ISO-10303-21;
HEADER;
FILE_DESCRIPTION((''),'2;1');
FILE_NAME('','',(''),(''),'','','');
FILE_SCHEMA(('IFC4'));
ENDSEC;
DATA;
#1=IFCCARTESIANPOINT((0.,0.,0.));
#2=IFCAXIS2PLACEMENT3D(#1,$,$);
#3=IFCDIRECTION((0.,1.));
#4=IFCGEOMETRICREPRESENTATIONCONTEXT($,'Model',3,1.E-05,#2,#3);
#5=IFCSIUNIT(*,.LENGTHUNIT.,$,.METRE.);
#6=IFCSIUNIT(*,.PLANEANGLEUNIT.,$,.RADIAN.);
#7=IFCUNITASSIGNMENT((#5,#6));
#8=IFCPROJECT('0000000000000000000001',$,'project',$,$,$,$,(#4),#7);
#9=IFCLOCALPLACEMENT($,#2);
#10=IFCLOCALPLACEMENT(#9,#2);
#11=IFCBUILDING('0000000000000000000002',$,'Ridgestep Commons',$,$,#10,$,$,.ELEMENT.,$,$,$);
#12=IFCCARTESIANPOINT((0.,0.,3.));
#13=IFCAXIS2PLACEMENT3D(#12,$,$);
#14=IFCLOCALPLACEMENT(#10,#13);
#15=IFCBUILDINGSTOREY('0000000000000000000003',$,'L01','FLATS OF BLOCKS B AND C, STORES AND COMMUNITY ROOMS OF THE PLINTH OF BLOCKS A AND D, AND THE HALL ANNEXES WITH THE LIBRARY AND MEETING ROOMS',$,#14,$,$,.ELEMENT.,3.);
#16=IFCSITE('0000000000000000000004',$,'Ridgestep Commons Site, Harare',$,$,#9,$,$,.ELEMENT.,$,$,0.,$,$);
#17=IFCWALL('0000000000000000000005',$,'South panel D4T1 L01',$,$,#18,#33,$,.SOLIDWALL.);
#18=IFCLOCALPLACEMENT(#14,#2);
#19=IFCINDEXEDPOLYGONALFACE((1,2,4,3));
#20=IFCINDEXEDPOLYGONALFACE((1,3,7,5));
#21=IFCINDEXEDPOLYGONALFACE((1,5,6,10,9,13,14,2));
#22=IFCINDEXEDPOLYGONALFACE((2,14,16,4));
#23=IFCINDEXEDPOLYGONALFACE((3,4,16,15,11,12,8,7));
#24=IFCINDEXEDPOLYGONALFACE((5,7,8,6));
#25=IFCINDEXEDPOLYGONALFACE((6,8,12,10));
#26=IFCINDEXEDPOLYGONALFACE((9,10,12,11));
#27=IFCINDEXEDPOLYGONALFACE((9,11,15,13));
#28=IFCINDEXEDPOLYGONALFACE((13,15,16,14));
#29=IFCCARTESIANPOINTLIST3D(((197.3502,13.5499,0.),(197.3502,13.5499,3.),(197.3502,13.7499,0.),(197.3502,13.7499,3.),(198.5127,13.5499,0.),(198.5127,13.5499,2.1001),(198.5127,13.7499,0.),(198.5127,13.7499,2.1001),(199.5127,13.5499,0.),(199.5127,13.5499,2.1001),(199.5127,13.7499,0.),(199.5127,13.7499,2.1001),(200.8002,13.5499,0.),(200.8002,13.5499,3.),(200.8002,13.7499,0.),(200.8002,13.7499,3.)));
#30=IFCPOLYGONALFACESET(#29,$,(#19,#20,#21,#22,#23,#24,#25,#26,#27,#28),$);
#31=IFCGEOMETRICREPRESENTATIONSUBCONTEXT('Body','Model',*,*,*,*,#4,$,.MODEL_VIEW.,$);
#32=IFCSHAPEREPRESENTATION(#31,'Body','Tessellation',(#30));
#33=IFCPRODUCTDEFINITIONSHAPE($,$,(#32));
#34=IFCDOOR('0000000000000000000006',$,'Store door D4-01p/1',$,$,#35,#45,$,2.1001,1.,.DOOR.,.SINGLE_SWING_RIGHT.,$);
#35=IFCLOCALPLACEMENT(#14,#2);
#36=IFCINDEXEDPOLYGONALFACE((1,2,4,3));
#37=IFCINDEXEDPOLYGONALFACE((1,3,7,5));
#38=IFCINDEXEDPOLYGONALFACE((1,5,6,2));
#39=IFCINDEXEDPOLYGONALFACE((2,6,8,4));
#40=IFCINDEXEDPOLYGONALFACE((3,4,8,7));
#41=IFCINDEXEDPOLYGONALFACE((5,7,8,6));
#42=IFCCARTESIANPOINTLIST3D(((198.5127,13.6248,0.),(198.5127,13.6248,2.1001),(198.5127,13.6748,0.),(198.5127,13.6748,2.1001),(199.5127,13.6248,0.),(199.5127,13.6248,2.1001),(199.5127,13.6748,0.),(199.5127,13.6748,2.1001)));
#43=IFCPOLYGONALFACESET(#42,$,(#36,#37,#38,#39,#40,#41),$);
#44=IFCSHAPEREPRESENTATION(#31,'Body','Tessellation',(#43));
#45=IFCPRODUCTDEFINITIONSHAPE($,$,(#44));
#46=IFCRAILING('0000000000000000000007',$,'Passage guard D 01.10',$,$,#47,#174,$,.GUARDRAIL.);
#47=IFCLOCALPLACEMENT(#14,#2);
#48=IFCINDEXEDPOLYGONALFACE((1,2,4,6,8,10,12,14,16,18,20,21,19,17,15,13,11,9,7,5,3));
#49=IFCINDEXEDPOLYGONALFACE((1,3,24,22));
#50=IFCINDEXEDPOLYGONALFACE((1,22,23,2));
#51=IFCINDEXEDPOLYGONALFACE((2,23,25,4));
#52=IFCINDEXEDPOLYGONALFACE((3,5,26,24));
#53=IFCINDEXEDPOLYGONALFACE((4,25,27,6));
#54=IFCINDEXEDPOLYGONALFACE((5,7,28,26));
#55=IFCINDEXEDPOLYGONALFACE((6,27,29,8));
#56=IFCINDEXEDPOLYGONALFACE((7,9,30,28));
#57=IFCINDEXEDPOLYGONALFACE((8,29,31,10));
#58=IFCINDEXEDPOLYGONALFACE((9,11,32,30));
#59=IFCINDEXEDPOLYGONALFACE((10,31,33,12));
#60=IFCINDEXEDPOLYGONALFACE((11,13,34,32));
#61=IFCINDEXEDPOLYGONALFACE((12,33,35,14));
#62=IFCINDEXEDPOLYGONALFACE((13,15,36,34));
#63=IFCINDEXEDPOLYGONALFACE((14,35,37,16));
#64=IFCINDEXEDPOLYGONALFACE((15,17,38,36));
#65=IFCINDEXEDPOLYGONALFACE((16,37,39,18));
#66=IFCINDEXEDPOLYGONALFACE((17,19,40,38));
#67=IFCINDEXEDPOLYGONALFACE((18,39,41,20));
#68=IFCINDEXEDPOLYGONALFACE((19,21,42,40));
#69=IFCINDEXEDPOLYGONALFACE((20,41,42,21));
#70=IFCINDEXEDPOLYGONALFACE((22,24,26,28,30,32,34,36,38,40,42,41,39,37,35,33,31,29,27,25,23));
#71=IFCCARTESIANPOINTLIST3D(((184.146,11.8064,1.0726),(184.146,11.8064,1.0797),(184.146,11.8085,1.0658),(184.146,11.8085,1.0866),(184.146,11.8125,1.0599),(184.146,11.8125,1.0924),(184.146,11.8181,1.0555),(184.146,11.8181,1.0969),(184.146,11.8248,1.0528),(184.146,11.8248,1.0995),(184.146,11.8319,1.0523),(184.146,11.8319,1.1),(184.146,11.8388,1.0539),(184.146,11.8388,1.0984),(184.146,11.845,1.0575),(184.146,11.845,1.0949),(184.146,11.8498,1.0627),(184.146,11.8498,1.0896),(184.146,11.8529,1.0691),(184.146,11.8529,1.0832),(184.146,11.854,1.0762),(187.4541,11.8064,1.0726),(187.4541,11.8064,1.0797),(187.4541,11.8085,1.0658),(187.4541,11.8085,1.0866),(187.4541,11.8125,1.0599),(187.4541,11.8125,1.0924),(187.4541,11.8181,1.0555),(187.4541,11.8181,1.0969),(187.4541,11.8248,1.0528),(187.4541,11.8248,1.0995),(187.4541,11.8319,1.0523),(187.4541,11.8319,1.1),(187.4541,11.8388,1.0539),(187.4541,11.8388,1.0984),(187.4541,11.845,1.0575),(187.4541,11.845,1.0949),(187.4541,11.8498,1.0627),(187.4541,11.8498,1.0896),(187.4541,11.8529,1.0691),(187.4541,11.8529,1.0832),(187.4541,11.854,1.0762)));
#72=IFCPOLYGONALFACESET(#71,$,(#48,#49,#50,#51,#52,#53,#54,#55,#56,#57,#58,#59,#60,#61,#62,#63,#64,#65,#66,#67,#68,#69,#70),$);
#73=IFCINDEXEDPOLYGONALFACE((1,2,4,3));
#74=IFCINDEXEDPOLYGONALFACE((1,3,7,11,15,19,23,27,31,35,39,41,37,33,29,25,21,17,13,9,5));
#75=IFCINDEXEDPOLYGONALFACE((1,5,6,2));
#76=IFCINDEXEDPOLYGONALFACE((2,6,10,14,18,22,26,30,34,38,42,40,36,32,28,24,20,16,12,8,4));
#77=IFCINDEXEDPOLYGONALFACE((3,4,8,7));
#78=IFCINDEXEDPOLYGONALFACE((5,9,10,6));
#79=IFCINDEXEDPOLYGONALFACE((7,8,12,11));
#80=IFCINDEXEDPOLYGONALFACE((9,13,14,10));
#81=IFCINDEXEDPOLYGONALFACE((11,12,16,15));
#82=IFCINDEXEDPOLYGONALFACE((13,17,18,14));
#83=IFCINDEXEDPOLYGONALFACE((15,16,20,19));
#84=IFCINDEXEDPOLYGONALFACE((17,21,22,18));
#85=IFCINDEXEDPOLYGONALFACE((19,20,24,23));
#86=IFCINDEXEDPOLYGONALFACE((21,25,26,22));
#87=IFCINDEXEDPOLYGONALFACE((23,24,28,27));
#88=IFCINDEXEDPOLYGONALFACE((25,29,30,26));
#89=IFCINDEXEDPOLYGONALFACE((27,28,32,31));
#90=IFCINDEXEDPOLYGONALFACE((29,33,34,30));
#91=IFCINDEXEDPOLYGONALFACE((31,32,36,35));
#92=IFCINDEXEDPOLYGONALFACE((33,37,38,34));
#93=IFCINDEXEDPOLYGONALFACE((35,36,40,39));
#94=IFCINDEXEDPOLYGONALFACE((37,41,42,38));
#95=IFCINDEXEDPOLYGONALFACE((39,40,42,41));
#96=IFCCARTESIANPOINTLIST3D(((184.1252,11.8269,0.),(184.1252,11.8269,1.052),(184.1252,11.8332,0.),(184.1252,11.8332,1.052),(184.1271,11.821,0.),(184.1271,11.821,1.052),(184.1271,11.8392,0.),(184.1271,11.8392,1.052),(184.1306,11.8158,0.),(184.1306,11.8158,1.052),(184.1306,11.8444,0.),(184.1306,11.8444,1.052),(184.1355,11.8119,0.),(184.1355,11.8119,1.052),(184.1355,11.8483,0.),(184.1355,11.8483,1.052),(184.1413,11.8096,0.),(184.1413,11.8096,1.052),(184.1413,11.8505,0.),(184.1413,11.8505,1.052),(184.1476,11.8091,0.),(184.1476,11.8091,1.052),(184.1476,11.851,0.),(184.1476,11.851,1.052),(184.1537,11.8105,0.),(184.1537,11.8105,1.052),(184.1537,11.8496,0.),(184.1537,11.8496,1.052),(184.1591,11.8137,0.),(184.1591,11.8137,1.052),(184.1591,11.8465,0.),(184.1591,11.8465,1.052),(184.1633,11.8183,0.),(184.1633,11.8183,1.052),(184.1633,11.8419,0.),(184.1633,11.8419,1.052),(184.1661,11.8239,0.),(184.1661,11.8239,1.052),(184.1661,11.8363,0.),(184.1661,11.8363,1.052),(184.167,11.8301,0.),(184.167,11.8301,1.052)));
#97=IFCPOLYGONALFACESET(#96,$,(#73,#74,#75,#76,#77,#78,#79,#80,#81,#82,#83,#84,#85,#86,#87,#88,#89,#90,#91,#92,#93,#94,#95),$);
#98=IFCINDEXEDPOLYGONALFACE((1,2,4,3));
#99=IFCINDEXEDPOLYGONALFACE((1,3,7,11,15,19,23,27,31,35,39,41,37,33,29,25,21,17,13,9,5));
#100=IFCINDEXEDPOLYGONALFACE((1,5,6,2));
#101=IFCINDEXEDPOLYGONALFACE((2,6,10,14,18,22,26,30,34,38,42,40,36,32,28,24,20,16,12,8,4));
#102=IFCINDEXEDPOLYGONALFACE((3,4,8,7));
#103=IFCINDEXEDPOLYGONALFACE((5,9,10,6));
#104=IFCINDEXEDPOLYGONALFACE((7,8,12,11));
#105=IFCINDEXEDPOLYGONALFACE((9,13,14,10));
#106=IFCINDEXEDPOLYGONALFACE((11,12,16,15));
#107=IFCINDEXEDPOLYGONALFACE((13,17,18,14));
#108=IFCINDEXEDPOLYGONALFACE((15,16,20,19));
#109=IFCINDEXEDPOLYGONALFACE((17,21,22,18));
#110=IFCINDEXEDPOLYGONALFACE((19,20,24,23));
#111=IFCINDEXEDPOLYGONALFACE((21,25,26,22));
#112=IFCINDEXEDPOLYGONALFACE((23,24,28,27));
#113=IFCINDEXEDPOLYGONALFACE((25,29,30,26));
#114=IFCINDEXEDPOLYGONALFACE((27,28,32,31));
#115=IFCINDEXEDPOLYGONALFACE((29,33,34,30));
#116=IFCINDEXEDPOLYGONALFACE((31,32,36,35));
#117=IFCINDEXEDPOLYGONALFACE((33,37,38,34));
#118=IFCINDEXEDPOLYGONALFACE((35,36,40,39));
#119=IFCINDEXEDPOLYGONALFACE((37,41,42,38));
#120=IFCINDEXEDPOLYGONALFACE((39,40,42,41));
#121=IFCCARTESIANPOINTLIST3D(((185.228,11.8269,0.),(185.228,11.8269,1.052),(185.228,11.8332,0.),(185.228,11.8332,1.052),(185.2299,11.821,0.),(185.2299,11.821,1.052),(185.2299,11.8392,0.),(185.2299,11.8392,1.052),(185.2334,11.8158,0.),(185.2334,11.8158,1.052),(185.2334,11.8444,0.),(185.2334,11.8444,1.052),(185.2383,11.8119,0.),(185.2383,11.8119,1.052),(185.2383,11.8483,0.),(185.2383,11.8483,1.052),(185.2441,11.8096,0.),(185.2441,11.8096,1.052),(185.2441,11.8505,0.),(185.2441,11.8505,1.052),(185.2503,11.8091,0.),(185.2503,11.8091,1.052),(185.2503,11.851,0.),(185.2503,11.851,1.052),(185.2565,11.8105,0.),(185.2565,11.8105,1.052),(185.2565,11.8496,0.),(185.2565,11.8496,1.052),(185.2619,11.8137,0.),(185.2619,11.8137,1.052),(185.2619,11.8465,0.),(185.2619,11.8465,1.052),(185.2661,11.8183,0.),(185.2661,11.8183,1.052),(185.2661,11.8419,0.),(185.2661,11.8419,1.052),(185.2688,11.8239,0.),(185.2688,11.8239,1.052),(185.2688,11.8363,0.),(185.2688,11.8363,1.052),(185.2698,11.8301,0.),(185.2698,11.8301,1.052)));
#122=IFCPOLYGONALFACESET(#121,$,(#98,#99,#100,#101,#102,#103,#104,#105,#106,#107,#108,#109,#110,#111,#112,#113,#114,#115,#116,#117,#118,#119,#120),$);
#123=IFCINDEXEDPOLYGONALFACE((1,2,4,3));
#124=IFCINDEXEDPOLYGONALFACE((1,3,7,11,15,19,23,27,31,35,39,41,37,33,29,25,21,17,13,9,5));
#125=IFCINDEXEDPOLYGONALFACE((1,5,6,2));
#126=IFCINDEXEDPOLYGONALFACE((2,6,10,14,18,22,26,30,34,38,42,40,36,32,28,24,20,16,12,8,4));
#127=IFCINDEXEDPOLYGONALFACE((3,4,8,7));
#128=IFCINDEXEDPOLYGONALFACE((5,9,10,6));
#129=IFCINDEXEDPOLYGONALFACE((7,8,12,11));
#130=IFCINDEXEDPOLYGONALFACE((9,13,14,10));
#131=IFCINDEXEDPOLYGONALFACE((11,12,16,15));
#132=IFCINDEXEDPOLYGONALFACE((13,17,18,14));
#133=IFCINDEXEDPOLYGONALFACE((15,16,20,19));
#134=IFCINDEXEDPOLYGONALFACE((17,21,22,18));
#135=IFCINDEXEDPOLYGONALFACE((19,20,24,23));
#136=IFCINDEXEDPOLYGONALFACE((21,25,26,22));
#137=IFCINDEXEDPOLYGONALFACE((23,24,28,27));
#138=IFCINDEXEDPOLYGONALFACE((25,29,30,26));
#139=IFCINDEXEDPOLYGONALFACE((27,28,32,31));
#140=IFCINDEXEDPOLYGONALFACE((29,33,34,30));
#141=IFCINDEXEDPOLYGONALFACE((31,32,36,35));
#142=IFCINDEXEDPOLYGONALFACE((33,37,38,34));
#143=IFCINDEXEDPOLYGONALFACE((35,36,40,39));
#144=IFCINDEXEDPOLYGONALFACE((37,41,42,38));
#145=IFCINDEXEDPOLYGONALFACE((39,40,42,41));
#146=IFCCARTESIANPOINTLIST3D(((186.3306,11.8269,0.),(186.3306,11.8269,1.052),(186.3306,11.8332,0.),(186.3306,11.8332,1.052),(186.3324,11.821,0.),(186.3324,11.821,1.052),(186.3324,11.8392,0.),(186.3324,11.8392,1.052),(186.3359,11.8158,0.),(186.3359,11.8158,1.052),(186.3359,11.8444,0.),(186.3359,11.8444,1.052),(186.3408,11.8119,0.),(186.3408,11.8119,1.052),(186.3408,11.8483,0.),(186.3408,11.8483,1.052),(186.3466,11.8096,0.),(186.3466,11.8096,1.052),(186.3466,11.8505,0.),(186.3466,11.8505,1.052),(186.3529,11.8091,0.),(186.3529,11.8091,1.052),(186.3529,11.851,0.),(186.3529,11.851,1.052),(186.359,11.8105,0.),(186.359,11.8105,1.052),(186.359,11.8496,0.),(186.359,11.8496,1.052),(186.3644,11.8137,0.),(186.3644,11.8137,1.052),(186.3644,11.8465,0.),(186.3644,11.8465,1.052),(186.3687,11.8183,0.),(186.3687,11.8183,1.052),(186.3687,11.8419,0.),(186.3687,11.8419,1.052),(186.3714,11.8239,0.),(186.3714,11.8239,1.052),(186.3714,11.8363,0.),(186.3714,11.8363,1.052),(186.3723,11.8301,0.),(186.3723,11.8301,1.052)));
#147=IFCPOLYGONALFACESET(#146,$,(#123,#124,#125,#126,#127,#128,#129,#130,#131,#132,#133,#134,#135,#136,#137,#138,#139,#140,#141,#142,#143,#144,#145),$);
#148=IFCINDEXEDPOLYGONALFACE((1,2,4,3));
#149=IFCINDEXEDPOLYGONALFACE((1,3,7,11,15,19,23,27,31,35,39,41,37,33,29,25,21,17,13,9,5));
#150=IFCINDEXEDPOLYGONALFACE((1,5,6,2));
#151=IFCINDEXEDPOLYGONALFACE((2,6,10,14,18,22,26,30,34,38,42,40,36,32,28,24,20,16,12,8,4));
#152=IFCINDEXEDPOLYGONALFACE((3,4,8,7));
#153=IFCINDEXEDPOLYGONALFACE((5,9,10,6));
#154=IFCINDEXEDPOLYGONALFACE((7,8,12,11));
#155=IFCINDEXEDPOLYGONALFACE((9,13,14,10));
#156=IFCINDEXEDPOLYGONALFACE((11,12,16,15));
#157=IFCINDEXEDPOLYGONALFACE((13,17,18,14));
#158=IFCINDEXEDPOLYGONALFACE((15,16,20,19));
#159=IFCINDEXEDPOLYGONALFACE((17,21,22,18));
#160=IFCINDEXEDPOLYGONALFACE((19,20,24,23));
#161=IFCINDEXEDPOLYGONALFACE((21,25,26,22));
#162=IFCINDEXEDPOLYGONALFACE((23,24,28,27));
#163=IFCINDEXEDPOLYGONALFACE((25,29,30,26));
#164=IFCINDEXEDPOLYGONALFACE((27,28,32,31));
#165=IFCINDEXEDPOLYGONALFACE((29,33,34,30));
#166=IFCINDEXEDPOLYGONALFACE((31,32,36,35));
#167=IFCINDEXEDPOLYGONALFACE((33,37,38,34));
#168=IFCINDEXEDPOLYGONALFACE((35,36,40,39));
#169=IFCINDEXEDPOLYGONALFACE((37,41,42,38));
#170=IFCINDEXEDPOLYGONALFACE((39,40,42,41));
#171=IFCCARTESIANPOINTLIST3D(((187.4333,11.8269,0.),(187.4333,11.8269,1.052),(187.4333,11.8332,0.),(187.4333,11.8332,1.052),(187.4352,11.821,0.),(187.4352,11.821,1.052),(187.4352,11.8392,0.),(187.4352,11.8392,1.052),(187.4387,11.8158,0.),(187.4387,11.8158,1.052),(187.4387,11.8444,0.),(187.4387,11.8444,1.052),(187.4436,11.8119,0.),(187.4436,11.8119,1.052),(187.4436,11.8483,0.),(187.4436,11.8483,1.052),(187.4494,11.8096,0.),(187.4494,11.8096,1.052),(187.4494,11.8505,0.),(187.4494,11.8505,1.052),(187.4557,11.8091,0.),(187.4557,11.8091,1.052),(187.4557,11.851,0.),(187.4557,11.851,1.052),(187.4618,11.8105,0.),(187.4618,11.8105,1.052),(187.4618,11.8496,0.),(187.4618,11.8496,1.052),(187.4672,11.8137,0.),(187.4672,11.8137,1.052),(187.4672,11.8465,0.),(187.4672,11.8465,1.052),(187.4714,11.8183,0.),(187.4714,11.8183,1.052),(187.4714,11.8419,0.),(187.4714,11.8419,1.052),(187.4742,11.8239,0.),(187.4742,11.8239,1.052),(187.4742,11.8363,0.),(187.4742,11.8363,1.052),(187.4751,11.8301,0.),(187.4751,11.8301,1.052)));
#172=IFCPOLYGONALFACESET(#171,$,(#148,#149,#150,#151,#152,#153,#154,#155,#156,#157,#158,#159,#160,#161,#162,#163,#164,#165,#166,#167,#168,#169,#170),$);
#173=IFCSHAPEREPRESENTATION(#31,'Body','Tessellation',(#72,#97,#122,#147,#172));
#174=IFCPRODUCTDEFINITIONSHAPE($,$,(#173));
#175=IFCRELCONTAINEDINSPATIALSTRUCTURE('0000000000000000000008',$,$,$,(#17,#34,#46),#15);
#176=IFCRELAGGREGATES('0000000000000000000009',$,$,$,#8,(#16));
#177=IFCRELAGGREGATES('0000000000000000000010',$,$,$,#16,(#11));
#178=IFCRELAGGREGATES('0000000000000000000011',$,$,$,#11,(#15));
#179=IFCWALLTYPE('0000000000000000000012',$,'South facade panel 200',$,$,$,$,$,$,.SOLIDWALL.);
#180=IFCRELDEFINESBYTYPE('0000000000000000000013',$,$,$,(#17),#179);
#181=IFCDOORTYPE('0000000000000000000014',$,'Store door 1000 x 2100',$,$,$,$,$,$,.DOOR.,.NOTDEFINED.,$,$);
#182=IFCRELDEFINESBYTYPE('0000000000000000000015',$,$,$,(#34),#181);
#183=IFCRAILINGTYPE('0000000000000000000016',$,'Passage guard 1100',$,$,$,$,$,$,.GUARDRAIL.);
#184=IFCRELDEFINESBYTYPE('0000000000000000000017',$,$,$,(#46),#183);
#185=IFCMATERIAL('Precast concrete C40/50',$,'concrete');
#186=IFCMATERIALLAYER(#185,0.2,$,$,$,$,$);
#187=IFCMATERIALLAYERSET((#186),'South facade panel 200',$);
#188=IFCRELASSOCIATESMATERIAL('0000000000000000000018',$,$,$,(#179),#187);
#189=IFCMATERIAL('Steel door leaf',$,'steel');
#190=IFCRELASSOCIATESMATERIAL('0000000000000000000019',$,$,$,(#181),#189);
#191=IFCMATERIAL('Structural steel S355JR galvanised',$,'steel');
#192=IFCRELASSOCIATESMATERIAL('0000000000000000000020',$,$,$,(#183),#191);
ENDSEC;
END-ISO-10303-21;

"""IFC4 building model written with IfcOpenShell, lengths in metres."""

from ifc_helpers import new_model, si_unit, direction, frame, frame_2d, origin, origin_2d, place, context, subcontext, project, spatial, rectangle, circle, extrude, material, layer, layer_set, type_object, element, fill, save


model = new_model("IFC4")

# Units and contexts
model_context = context("Model", 3, precision=1e-05, world=origin(), true_north=direction((0.0, 1.0)))
body_context = subcontext(model_context, "Body", "Model", "MODEL_VIEW")
ifc_project = project(units=[si_unit("LENGTHUNIT", "METRE"), si_unit("PLANEANGLEUNIT", "RADIAN")], contexts=[model_context])

# Site, building, storey
site_placement = place(None, origin())
site = spatial("IfcSite", under=ifc_project, at=site_placement, Name="Ridgestep Commons Site, Harare", CompositionType="ELEMENT", RefElevation=0.0)
building_placement = place(site_placement, origin())
building = spatial("IfcBuilding", under=site, at=building_placement, Name="Ridgestep Commons", CompositionType="ELEMENT")
storey_placement = place(building_placement, frame((0.0, 0.0, 3.0)))
storey = spatial("IfcBuildingStorey", under=building, at=storey_placement, Name="L01", Description="FLATS OF BLOCKS B AND C, STORES AND COMMUNITY ROOMS OF THE PLINTH OF BLOCKS A AND D, AND THE HALL ANNEXES WITH THE LIBRARY AND MEETING ROOMS", CompositionType="ELEMENT", Elevation=3.0)

# Wall, opening, door
ifc_material_1 = material(Name="Precast concrete C40/50", Category="concrete")
ifc_layer_1 = layer(ifc_material_1, 0.2)
ifc_layer_set_1 = layer_set([ifc_layer_1], Name="South facade panel 200")
wall_type_1 = type_object("IfcWallType", Name="South facade panel 200", PredefinedType="SOLIDWALL", material=ifc_layer_set_1)
ifc_material_2 = material(Name="Steel door leaf", Category="steel")
door_type_1 = type_object("IfcDoorType", Name="Store door 1000 x 2100", OperationType="NOTDEFINED", PredefinedType="DOOR", material=ifc_material_2)
wall_1_placement = place(storey_placement, frame((197.3501, 13.6499, 0.0), z_axis=(0.0, 0.0, 1.0), x_axis=(1.0, 0.0, 0.0)))
wall_1 = element("IfcWall", 1, at=wall_1_placement, inside=storey, type_object=wall_type_1, Name="South panel D4T1 L01", PredefinedType="SOLIDWALL", context=body_context, shape_type="SweptSolid", body=[
    extrude(rectangle(XDim=3.45, YDim=0.2, at=frame_2d((1.7251, 0.0))), origin(), (0.0, 0.0, 1.0), 3.0),
])
opening_1_placement = place(wall_1_placement, frame((1.1626, 0.0, 0.0)))
opening_1 = element("IfcOpeningElement", 2, at=opening_1_placement, cuts=wall_1, PredefinedType="OPENING", context=body_context, shape_type="SweptSolid", body=[
    extrude(rectangle(XDim=1.0, YDim=2.1001, at=frame_2d((0.5, 1.05))), frame((0.0, 0.1099, 0.0), z_axis=(0.0, -1.0, 0.0), x_axis=(1.0, 0.0, 0.0)), (0.0, 0.0, 1.0), 0.22),
])
door_1_placement = place(opening_1_placement, origin())
door_1 = element("IfcDoor", 3, at=door_1_placement, inside=storey, type_object=door_type_1, Name="Store door D4-01p/1", OperationType="SINGLE_SWING_RIGHT", OverallHeight=2.1001, OverallWidth=1.0, PredefinedType="DOOR", context=body_context, shape_type="SweptSolid", body=[
    extrude(rectangle(XDim=1.0, YDim=2.1001, at=frame_2d((0.5, 1.05))), frame((0.0, 0.0249, 0.0), z_axis=(0.0, -1.0, 0.0), x_axis=(1.0, 0.0, 0.0)), (0.0, 0.0, 1.0), 0.05),
])
fill(opening_1, door_1)

# Railing
ifc_material_3 = material(Name="Structural steel S355JR galvanised", Category="steel")
railing_type = type_object("IfcRailingType", Name="Passage guard 1100", PredefinedType="GUARDRAIL", material=ifc_material_3)
railing_1_placement = place(storey_placement, frame((184.146, 11.8301, 0.0)))
element("IfcRailing", 4, at=railing_1_placement, inside=storey, type_object=railing_type, Name="Passage guard D 01.10", PredefinedType="GUARDRAIL", context=body_context, shape_type="SweptSolid", body=[
    extrude(circle(Radius=0.0239, at=origin_2d()), frame((0.0, 0.0, 1.0762), z_axis=(1.0, 0.0, 0.0), x_axis=(0.0, 1.0, 0.0)), (0.0, 0.0, 1.0), 3.3081),
    extrude(circle(Radius=0.021, at=origin_2d()), origin(), (0.0, 0.0, 1.0), 1.052),
    extrude(circle(Radius=0.021, at=origin_2d()), frame((1.1028, 0.0, 0.0)), (0.0, 0.0, 1.0), 1.052),
    extrude(circle(Radius=0.021, at=origin_2d()), frame((2.2053, 0.0, 0.0)), (0.0, 0.0, 1.0), 1.052),
    extrude(circle(Radius=0.021, at=origin_2d()), frame((3.3081, 0.0, 0.0)), (0.0, 0.0, 1.0), 1.052),
])

save(model, "model.ifc")
